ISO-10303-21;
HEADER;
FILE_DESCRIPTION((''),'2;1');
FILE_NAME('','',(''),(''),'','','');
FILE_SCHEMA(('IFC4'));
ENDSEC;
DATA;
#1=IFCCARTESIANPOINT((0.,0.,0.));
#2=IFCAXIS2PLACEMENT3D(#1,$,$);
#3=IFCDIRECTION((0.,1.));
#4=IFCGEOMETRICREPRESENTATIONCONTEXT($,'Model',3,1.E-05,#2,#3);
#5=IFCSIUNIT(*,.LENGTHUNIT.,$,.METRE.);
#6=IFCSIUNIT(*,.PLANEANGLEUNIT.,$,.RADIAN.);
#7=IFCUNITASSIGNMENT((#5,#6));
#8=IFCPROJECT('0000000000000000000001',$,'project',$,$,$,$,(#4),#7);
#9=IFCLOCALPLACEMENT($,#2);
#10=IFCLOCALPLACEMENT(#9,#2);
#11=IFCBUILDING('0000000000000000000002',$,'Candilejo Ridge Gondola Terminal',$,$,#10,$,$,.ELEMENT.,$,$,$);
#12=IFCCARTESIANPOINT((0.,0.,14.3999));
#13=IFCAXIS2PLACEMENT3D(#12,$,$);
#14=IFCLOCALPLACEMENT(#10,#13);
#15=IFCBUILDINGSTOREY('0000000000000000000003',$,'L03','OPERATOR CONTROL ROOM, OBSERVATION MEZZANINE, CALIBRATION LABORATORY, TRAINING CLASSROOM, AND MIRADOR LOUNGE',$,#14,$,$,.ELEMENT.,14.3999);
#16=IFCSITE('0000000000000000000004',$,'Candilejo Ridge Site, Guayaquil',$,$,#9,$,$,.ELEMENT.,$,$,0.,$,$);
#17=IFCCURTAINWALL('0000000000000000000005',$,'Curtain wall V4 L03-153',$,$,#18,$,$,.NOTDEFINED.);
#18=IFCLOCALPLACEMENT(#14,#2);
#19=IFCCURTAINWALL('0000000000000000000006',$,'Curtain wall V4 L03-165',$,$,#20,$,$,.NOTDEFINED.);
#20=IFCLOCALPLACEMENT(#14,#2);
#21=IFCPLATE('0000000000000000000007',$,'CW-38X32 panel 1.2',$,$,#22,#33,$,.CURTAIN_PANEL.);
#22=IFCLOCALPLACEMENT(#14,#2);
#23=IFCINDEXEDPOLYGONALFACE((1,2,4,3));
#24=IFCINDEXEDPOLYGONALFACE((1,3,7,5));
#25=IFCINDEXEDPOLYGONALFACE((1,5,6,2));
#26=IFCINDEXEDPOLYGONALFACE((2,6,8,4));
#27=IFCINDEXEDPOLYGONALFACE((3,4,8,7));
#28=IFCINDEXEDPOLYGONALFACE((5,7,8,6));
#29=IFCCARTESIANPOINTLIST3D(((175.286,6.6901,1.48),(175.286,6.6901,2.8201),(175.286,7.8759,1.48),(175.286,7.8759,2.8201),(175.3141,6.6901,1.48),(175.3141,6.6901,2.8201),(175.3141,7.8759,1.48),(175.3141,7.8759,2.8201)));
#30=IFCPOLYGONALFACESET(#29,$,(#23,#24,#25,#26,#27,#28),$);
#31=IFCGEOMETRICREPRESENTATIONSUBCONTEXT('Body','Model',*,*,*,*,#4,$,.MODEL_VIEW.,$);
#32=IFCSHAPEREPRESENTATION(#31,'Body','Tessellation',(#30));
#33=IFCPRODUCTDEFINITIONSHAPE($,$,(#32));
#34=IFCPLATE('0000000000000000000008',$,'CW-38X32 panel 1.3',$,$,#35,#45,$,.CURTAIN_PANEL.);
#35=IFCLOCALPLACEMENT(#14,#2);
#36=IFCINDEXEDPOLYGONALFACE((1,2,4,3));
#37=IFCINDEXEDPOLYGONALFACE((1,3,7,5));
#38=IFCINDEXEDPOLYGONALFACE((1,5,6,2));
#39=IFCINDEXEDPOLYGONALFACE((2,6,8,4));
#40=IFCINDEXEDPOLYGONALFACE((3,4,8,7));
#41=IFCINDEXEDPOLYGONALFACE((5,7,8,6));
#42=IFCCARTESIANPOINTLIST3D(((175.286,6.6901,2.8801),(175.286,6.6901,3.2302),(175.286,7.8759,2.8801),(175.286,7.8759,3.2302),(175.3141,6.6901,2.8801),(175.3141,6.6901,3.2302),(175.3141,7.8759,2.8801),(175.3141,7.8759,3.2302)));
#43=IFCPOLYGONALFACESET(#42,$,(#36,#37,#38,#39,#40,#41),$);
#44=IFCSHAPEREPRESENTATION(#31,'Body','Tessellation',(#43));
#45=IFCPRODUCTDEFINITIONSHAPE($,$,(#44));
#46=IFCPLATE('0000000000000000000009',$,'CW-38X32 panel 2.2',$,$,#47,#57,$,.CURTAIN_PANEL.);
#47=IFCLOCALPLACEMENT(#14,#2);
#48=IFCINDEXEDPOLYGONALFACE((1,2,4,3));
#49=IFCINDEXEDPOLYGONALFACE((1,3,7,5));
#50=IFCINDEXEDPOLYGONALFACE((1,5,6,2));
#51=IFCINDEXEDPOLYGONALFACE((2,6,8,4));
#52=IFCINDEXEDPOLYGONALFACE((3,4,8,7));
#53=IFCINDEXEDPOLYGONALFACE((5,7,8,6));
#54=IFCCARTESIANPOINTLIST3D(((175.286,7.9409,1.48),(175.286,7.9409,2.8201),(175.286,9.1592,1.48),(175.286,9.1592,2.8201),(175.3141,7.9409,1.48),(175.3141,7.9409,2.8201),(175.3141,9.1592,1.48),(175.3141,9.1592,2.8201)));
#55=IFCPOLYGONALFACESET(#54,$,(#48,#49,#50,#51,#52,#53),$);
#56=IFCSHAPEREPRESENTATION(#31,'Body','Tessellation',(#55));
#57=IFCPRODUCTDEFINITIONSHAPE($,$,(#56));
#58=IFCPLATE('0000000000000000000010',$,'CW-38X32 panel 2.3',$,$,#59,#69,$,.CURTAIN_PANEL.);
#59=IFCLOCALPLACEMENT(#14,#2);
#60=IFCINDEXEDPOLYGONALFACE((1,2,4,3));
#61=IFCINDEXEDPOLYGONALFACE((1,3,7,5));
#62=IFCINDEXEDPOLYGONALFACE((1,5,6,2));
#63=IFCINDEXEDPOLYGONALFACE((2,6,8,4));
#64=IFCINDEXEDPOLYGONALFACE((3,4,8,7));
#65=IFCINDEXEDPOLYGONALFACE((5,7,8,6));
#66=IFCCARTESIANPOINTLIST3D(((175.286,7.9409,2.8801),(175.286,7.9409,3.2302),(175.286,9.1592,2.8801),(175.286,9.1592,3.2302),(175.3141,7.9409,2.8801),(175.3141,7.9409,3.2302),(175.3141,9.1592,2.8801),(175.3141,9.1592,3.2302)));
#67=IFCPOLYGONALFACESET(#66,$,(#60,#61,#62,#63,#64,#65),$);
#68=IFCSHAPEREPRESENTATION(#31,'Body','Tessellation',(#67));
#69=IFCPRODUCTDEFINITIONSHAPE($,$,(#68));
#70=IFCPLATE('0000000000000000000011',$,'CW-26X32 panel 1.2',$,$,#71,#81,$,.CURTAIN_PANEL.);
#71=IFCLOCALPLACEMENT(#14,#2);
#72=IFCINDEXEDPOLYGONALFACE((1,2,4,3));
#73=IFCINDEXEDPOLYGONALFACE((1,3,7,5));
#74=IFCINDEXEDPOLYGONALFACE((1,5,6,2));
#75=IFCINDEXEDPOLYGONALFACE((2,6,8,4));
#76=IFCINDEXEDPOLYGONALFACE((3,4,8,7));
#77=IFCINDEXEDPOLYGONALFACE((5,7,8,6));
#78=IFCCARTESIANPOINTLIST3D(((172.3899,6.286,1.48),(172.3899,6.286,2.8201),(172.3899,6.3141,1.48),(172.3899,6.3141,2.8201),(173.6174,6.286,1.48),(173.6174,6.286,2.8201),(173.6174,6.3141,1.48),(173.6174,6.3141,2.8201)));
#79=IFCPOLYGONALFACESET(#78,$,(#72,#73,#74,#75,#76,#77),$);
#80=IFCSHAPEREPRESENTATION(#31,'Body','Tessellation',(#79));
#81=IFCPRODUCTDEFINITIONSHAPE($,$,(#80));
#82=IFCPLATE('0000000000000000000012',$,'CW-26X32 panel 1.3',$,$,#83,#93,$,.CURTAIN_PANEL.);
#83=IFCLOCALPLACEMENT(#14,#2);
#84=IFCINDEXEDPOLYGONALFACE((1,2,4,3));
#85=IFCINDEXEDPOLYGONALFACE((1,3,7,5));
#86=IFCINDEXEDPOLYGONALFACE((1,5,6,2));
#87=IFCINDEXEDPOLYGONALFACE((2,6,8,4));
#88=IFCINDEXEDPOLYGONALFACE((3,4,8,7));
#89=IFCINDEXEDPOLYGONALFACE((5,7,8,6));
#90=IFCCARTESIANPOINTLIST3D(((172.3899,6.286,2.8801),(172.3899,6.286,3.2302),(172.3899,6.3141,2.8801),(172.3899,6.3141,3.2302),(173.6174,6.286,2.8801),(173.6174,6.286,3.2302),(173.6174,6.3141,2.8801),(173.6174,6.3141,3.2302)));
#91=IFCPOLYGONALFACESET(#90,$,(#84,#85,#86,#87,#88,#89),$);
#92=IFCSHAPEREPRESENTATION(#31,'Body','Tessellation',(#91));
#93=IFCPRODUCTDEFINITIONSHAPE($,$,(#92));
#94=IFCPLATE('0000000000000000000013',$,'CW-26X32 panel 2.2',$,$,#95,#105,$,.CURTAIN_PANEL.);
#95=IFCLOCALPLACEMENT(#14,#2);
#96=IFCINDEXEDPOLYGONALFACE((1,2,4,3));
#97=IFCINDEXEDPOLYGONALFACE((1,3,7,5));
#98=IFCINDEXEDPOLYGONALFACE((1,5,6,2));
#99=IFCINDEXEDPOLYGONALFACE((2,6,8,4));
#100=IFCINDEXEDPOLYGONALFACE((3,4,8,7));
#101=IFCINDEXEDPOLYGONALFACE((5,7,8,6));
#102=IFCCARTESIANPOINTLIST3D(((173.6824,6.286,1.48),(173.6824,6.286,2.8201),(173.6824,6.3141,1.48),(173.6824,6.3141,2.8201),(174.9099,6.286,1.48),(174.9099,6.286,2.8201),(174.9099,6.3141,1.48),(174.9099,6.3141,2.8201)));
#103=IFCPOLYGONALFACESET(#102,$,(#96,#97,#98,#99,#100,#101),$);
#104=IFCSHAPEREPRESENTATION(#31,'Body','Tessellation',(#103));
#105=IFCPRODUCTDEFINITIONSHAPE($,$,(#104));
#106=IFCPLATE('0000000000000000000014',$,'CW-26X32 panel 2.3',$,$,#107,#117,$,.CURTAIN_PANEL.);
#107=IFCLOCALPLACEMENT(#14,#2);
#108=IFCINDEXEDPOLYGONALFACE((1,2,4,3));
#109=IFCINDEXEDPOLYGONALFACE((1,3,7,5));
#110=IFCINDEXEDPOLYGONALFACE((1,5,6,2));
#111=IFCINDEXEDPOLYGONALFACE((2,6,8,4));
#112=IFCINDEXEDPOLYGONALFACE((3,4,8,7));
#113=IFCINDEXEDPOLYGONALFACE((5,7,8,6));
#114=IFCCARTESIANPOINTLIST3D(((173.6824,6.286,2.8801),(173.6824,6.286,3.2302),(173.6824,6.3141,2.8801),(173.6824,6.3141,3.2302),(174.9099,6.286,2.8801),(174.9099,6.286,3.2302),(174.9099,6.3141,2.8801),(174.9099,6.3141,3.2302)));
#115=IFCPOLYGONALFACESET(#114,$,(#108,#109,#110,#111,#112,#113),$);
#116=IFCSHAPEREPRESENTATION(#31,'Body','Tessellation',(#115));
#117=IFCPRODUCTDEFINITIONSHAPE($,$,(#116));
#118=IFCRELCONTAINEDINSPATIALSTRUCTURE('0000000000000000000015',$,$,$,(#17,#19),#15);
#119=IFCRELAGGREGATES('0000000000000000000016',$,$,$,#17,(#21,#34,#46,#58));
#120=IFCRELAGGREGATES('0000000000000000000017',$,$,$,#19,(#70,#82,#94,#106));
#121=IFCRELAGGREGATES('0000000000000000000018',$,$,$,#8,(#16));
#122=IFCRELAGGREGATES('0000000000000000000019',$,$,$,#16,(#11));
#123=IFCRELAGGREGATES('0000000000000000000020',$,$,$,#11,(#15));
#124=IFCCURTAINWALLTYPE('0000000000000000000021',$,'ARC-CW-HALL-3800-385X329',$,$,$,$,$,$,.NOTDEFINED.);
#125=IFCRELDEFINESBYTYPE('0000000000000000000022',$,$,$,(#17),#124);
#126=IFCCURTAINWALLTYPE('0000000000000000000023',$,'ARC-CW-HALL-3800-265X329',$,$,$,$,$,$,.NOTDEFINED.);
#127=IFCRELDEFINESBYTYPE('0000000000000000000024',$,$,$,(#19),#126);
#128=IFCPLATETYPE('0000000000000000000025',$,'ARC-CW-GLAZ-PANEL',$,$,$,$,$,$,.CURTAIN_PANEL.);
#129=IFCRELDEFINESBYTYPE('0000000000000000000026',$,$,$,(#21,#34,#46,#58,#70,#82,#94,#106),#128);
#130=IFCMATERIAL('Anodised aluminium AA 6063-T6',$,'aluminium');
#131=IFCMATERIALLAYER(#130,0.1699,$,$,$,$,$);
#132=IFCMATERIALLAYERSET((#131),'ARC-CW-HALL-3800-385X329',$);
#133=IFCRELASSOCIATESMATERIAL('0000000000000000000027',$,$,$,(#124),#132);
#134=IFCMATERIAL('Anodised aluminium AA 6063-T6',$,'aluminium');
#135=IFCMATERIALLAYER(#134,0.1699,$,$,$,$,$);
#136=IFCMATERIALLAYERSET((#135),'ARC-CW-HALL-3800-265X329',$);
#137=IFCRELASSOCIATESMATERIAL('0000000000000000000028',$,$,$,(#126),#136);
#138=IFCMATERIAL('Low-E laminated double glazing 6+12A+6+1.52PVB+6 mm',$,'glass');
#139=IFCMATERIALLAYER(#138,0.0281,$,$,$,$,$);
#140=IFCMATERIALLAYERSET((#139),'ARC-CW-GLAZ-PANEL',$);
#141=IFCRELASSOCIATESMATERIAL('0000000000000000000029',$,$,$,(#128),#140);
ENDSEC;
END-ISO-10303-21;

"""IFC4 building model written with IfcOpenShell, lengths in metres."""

from ifc_helpers import new_model, si_unit, direction, frame, origin, origin_2d, place, context, subcontext, project, spatial, rectangle, extrude, material, layer, layer_set, type_object, element, aggregate, save


model = new_model("IFC4")

# Units and contexts
model_context = context("Model", 3, precision=1e-05, world=origin(), true_north=direction((0.0, 1.0)))
body_context = subcontext(model_context, "Body", "Model", "MODEL_VIEW")
ifc_project = project(units=[si_unit("LENGTHUNIT", "METRE"), si_unit("PLANEANGLEUNIT", "RADIAN")], contexts=[model_context])

# Site, building, storey
site_placement = place(None, origin())
site = spatial("IfcSite", under=ifc_project, at=site_placement, Name="Candilejo Ridge Site, Guayaquil", CompositionType="ELEMENT", RefElevation=0.0)
building_placement = place(site_placement, origin())
building = spatial("IfcBuilding", under=site, at=building_placement, Name="Candilejo Ridge Gondola Terminal", CompositionType="ELEMENT")
storey_placement = place(building_placement, frame((0.0, 0.0, 14.3999)))
storey = spatial("IfcBuildingStorey", under=building, at=storey_placement, Name="L03", Description="OPERATOR CONTROL ROOM, OBSERVATION MEZZANINE, CALIBRATION LABORATORY, TRAINING CLASSROOM, AND MIRADOR LOUNGE", CompositionType="ELEMENT", Elevation=14.3999)

# Curtain walls
ifc_material_1 = material(Name="Anodised aluminium AA 6063-T6", Category="aluminium")
ifc_layer_1 = layer(ifc_material_1, 0.1699)
ifc_layer_set_1 = layer_set([ifc_layer_1], Name="ARC-CW-HALL-3800-385X329")
curtain_wall_type_1 = type_object("IfcCurtainWallType", Name="ARC-CW-HALL-3800-385X329", PredefinedType="NOTDEFINED", material=ifc_layer_set_1)
curtain_wall_1_placement = place(storey_placement, origin())
curtain_wall_1 = element("IfcCurtainWall", 1, at=curtain_wall_1_placement, inside=storey, type_object=curtain_wall_type_1, Name="Curtain wall V4 L03-153", PredefinedType="NOTDEFINED")
ifc_material_2 = material(Name="Anodised aluminium AA 6063-T6", Category="aluminium")
ifc_layer_2 = layer(ifc_material_2, 0.1699)
ifc_layer_set_2 = layer_set([ifc_layer_2], Name="ARC-CW-HALL-3800-265X329")
curtain_wall_type_2 = type_object("IfcCurtainWallType", Name="ARC-CW-HALL-3800-265X329", PredefinedType="NOTDEFINED", material=ifc_layer_set_2)
curtain_wall_2_placement = place(storey_placement, origin())
curtain_wall_2 = element("IfcCurtainWall", 2, at=curtain_wall_2_placement, inside=storey, type_object=curtain_wall_type_2, Name="Curtain wall V4 L03-165", PredefinedType="NOTDEFINED")

# Plates
ifc_material_3 = material(Name="Low-E laminated double glazing 6+12A+6+1.52PVB+6 mm", Category="glass")
ifc_layer_3 = layer(ifc_material_3, 0.0281)
ifc_layer_set_3 = layer_set([ifc_layer_3], Name="ARC-CW-GLAZ-PANEL")
plate_type = type_object("IfcPlateType", Name="ARC-CW-GLAZ-PANEL", PredefinedType="CURTAIN_PANEL", material=ifc_layer_set_3)
plate_1_placement = place(storey_placement, frame((175.3, 7.283, 1.48), z_axis=(0.0, 0.0, 1.0), x_axis=(0.0, 1.0, 0.0)))
plate_1 = element("IfcPlate", 3, at=plate_1_placement, type_object=plate_type, Name="CW-38X32 panel 1.2", PredefinedType="CURTAIN_PANEL", context=body_context, shape_type="SweptSolid", body=[
    extrude(rectangle(XDim=1.1858, YDim=0.0281, at=origin_2d()), origin(), (0.0, 0.0, 1.0), 1.3401),
])
plate_2_placement = place(storey_placement, frame((175.3, 7.283, 2.8801), z_axis=(0.0, 0.0, 1.0), x_axis=(0.0, 1.0, 0.0)))
plate_2 = element("IfcPlate", 4, at=plate_2_placement, type_object=plate_type, Name="CW-38X32 panel 1.3", PredefinedType="CURTAIN_PANEL", context=body_context, shape_type="SweptSolid", body=[
    extrude(rectangle(XDim=1.1858, YDim=0.0281, at=origin_2d()), origin(), (0.0, 0.0, 1.0), 0.3501),
])
plate_3_placement = place(storey_placement, frame((175.3, 8.55, 1.48), z_axis=(0.0, 0.0, 1.0), x_axis=(0.0, 1.0, 0.0)))
plate_3 = element("IfcPlate", 5, at=plate_3_placement, type_object=plate_type, Name="CW-38X32 panel 2.2", PredefinedType="CURTAIN_PANEL", context=body_context, shape_type="SweptSolid", body=[
    extrude(rectangle(XDim=1.2183, YDim=0.0281, at=origin_2d()), origin(), (0.0, 0.0, 1.0), 1.3401),
])
plate_4_placement = place(storey_placement, frame((175.3, 8.55, 2.8801), z_axis=(0.0, 0.0, 1.0), x_axis=(0.0, 1.0, 0.0)))
plate_4 = element("IfcPlate", 6, at=plate_4_placement, type_object=plate_type, Name="CW-38X32 panel 2.3", PredefinedType="CURTAIN_PANEL", context=body_context, shape_type="SweptSolid", body=[
    extrude(rectangle(XDim=1.2183, YDim=0.0281, at=origin_2d()), origin(), (0.0, 0.0, 1.0), 0.3501),
])
aggregate(curtain_wall_1, [plate_1, plate_2, plate_3, plate_4])
plate_5_placement = place(storey_placement, frame((173.0037, 6.3, 1.48), z_axis=(0.0, 0.0, 1.0), x_axis=(1.0, 0.0, 0.0)))
plate_5 = element("IfcPlate", 7, at=plate_5_placement, type_object=plate_type, Name="CW-26X32 panel 1.2", PredefinedType="CURTAIN_PANEL", context=body_context, shape_type="SweptSolid", body=[
    extrude(rectangle(XDim=1.2275, YDim=0.0281, at=origin_2d()), origin(), (0.0, 0.0, 1.0), 1.3401),
])
plate_6_placement = place(storey_placement, frame((173.0037, 6.3, 2.8801), z_axis=(0.0, 0.0, 1.0), x_axis=(1.0, 0.0, 0.0)))
plate_6 = element("IfcPlate", 8, at=plate_6_placement, type_object=plate_type, Name="CW-26X32 panel 1.3", PredefinedType="CURTAIN_PANEL", context=body_context, shape_type="SweptSolid", body=[
    extrude(rectangle(XDim=1.2275, YDim=0.0281, at=origin_2d()), origin(), (0.0, 0.0, 1.0), 0.3501),
])
plate_7_placement = place(storey_placement, frame((174.2961, 6.3, 1.48), z_axis=(0.0, 0.0, 1.0), x_axis=(1.0, 0.0, 0.0)))
plate_7 = element("IfcPlate", 9, at=plate_7_placement, type_object=plate_type, Name="CW-26X32 panel 2.2", PredefinedType="CURTAIN_PANEL", context=body_context, shape_type="SweptSolid", body=[
    extrude(rectangle(XDim=1.2275, YDim=0.0281, at=origin_2d()), origin(), (0.0, 0.0, 1.0), 1.3401),
])
plate_8_placement = place(storey_placement, frame((174.2961, 6.3, 2.8801), z_axis=(0.0, 0.0, 1.0), x_axis=(1.0, 0.0, 0.0)))
plate_8 = element("IfcPlate", 10, at=plate_8_placement, type_object=plate_type, Name="CW-26X32 panel 2.3", PredefinedType="CURTAIN_PANEL", context=body_context, shape_type="SweptSolid", body=[
    extrude(rectangle(XDim=1.2275, YDim=0.0281, at=origin_2d()), origin(), (0.0, 0.0, 1.0), 0.3501),
])
aggregate(curtain_wall_2, [plate_5, plate_6, plate_7, plate_8])

save(model, "model.ifc")
